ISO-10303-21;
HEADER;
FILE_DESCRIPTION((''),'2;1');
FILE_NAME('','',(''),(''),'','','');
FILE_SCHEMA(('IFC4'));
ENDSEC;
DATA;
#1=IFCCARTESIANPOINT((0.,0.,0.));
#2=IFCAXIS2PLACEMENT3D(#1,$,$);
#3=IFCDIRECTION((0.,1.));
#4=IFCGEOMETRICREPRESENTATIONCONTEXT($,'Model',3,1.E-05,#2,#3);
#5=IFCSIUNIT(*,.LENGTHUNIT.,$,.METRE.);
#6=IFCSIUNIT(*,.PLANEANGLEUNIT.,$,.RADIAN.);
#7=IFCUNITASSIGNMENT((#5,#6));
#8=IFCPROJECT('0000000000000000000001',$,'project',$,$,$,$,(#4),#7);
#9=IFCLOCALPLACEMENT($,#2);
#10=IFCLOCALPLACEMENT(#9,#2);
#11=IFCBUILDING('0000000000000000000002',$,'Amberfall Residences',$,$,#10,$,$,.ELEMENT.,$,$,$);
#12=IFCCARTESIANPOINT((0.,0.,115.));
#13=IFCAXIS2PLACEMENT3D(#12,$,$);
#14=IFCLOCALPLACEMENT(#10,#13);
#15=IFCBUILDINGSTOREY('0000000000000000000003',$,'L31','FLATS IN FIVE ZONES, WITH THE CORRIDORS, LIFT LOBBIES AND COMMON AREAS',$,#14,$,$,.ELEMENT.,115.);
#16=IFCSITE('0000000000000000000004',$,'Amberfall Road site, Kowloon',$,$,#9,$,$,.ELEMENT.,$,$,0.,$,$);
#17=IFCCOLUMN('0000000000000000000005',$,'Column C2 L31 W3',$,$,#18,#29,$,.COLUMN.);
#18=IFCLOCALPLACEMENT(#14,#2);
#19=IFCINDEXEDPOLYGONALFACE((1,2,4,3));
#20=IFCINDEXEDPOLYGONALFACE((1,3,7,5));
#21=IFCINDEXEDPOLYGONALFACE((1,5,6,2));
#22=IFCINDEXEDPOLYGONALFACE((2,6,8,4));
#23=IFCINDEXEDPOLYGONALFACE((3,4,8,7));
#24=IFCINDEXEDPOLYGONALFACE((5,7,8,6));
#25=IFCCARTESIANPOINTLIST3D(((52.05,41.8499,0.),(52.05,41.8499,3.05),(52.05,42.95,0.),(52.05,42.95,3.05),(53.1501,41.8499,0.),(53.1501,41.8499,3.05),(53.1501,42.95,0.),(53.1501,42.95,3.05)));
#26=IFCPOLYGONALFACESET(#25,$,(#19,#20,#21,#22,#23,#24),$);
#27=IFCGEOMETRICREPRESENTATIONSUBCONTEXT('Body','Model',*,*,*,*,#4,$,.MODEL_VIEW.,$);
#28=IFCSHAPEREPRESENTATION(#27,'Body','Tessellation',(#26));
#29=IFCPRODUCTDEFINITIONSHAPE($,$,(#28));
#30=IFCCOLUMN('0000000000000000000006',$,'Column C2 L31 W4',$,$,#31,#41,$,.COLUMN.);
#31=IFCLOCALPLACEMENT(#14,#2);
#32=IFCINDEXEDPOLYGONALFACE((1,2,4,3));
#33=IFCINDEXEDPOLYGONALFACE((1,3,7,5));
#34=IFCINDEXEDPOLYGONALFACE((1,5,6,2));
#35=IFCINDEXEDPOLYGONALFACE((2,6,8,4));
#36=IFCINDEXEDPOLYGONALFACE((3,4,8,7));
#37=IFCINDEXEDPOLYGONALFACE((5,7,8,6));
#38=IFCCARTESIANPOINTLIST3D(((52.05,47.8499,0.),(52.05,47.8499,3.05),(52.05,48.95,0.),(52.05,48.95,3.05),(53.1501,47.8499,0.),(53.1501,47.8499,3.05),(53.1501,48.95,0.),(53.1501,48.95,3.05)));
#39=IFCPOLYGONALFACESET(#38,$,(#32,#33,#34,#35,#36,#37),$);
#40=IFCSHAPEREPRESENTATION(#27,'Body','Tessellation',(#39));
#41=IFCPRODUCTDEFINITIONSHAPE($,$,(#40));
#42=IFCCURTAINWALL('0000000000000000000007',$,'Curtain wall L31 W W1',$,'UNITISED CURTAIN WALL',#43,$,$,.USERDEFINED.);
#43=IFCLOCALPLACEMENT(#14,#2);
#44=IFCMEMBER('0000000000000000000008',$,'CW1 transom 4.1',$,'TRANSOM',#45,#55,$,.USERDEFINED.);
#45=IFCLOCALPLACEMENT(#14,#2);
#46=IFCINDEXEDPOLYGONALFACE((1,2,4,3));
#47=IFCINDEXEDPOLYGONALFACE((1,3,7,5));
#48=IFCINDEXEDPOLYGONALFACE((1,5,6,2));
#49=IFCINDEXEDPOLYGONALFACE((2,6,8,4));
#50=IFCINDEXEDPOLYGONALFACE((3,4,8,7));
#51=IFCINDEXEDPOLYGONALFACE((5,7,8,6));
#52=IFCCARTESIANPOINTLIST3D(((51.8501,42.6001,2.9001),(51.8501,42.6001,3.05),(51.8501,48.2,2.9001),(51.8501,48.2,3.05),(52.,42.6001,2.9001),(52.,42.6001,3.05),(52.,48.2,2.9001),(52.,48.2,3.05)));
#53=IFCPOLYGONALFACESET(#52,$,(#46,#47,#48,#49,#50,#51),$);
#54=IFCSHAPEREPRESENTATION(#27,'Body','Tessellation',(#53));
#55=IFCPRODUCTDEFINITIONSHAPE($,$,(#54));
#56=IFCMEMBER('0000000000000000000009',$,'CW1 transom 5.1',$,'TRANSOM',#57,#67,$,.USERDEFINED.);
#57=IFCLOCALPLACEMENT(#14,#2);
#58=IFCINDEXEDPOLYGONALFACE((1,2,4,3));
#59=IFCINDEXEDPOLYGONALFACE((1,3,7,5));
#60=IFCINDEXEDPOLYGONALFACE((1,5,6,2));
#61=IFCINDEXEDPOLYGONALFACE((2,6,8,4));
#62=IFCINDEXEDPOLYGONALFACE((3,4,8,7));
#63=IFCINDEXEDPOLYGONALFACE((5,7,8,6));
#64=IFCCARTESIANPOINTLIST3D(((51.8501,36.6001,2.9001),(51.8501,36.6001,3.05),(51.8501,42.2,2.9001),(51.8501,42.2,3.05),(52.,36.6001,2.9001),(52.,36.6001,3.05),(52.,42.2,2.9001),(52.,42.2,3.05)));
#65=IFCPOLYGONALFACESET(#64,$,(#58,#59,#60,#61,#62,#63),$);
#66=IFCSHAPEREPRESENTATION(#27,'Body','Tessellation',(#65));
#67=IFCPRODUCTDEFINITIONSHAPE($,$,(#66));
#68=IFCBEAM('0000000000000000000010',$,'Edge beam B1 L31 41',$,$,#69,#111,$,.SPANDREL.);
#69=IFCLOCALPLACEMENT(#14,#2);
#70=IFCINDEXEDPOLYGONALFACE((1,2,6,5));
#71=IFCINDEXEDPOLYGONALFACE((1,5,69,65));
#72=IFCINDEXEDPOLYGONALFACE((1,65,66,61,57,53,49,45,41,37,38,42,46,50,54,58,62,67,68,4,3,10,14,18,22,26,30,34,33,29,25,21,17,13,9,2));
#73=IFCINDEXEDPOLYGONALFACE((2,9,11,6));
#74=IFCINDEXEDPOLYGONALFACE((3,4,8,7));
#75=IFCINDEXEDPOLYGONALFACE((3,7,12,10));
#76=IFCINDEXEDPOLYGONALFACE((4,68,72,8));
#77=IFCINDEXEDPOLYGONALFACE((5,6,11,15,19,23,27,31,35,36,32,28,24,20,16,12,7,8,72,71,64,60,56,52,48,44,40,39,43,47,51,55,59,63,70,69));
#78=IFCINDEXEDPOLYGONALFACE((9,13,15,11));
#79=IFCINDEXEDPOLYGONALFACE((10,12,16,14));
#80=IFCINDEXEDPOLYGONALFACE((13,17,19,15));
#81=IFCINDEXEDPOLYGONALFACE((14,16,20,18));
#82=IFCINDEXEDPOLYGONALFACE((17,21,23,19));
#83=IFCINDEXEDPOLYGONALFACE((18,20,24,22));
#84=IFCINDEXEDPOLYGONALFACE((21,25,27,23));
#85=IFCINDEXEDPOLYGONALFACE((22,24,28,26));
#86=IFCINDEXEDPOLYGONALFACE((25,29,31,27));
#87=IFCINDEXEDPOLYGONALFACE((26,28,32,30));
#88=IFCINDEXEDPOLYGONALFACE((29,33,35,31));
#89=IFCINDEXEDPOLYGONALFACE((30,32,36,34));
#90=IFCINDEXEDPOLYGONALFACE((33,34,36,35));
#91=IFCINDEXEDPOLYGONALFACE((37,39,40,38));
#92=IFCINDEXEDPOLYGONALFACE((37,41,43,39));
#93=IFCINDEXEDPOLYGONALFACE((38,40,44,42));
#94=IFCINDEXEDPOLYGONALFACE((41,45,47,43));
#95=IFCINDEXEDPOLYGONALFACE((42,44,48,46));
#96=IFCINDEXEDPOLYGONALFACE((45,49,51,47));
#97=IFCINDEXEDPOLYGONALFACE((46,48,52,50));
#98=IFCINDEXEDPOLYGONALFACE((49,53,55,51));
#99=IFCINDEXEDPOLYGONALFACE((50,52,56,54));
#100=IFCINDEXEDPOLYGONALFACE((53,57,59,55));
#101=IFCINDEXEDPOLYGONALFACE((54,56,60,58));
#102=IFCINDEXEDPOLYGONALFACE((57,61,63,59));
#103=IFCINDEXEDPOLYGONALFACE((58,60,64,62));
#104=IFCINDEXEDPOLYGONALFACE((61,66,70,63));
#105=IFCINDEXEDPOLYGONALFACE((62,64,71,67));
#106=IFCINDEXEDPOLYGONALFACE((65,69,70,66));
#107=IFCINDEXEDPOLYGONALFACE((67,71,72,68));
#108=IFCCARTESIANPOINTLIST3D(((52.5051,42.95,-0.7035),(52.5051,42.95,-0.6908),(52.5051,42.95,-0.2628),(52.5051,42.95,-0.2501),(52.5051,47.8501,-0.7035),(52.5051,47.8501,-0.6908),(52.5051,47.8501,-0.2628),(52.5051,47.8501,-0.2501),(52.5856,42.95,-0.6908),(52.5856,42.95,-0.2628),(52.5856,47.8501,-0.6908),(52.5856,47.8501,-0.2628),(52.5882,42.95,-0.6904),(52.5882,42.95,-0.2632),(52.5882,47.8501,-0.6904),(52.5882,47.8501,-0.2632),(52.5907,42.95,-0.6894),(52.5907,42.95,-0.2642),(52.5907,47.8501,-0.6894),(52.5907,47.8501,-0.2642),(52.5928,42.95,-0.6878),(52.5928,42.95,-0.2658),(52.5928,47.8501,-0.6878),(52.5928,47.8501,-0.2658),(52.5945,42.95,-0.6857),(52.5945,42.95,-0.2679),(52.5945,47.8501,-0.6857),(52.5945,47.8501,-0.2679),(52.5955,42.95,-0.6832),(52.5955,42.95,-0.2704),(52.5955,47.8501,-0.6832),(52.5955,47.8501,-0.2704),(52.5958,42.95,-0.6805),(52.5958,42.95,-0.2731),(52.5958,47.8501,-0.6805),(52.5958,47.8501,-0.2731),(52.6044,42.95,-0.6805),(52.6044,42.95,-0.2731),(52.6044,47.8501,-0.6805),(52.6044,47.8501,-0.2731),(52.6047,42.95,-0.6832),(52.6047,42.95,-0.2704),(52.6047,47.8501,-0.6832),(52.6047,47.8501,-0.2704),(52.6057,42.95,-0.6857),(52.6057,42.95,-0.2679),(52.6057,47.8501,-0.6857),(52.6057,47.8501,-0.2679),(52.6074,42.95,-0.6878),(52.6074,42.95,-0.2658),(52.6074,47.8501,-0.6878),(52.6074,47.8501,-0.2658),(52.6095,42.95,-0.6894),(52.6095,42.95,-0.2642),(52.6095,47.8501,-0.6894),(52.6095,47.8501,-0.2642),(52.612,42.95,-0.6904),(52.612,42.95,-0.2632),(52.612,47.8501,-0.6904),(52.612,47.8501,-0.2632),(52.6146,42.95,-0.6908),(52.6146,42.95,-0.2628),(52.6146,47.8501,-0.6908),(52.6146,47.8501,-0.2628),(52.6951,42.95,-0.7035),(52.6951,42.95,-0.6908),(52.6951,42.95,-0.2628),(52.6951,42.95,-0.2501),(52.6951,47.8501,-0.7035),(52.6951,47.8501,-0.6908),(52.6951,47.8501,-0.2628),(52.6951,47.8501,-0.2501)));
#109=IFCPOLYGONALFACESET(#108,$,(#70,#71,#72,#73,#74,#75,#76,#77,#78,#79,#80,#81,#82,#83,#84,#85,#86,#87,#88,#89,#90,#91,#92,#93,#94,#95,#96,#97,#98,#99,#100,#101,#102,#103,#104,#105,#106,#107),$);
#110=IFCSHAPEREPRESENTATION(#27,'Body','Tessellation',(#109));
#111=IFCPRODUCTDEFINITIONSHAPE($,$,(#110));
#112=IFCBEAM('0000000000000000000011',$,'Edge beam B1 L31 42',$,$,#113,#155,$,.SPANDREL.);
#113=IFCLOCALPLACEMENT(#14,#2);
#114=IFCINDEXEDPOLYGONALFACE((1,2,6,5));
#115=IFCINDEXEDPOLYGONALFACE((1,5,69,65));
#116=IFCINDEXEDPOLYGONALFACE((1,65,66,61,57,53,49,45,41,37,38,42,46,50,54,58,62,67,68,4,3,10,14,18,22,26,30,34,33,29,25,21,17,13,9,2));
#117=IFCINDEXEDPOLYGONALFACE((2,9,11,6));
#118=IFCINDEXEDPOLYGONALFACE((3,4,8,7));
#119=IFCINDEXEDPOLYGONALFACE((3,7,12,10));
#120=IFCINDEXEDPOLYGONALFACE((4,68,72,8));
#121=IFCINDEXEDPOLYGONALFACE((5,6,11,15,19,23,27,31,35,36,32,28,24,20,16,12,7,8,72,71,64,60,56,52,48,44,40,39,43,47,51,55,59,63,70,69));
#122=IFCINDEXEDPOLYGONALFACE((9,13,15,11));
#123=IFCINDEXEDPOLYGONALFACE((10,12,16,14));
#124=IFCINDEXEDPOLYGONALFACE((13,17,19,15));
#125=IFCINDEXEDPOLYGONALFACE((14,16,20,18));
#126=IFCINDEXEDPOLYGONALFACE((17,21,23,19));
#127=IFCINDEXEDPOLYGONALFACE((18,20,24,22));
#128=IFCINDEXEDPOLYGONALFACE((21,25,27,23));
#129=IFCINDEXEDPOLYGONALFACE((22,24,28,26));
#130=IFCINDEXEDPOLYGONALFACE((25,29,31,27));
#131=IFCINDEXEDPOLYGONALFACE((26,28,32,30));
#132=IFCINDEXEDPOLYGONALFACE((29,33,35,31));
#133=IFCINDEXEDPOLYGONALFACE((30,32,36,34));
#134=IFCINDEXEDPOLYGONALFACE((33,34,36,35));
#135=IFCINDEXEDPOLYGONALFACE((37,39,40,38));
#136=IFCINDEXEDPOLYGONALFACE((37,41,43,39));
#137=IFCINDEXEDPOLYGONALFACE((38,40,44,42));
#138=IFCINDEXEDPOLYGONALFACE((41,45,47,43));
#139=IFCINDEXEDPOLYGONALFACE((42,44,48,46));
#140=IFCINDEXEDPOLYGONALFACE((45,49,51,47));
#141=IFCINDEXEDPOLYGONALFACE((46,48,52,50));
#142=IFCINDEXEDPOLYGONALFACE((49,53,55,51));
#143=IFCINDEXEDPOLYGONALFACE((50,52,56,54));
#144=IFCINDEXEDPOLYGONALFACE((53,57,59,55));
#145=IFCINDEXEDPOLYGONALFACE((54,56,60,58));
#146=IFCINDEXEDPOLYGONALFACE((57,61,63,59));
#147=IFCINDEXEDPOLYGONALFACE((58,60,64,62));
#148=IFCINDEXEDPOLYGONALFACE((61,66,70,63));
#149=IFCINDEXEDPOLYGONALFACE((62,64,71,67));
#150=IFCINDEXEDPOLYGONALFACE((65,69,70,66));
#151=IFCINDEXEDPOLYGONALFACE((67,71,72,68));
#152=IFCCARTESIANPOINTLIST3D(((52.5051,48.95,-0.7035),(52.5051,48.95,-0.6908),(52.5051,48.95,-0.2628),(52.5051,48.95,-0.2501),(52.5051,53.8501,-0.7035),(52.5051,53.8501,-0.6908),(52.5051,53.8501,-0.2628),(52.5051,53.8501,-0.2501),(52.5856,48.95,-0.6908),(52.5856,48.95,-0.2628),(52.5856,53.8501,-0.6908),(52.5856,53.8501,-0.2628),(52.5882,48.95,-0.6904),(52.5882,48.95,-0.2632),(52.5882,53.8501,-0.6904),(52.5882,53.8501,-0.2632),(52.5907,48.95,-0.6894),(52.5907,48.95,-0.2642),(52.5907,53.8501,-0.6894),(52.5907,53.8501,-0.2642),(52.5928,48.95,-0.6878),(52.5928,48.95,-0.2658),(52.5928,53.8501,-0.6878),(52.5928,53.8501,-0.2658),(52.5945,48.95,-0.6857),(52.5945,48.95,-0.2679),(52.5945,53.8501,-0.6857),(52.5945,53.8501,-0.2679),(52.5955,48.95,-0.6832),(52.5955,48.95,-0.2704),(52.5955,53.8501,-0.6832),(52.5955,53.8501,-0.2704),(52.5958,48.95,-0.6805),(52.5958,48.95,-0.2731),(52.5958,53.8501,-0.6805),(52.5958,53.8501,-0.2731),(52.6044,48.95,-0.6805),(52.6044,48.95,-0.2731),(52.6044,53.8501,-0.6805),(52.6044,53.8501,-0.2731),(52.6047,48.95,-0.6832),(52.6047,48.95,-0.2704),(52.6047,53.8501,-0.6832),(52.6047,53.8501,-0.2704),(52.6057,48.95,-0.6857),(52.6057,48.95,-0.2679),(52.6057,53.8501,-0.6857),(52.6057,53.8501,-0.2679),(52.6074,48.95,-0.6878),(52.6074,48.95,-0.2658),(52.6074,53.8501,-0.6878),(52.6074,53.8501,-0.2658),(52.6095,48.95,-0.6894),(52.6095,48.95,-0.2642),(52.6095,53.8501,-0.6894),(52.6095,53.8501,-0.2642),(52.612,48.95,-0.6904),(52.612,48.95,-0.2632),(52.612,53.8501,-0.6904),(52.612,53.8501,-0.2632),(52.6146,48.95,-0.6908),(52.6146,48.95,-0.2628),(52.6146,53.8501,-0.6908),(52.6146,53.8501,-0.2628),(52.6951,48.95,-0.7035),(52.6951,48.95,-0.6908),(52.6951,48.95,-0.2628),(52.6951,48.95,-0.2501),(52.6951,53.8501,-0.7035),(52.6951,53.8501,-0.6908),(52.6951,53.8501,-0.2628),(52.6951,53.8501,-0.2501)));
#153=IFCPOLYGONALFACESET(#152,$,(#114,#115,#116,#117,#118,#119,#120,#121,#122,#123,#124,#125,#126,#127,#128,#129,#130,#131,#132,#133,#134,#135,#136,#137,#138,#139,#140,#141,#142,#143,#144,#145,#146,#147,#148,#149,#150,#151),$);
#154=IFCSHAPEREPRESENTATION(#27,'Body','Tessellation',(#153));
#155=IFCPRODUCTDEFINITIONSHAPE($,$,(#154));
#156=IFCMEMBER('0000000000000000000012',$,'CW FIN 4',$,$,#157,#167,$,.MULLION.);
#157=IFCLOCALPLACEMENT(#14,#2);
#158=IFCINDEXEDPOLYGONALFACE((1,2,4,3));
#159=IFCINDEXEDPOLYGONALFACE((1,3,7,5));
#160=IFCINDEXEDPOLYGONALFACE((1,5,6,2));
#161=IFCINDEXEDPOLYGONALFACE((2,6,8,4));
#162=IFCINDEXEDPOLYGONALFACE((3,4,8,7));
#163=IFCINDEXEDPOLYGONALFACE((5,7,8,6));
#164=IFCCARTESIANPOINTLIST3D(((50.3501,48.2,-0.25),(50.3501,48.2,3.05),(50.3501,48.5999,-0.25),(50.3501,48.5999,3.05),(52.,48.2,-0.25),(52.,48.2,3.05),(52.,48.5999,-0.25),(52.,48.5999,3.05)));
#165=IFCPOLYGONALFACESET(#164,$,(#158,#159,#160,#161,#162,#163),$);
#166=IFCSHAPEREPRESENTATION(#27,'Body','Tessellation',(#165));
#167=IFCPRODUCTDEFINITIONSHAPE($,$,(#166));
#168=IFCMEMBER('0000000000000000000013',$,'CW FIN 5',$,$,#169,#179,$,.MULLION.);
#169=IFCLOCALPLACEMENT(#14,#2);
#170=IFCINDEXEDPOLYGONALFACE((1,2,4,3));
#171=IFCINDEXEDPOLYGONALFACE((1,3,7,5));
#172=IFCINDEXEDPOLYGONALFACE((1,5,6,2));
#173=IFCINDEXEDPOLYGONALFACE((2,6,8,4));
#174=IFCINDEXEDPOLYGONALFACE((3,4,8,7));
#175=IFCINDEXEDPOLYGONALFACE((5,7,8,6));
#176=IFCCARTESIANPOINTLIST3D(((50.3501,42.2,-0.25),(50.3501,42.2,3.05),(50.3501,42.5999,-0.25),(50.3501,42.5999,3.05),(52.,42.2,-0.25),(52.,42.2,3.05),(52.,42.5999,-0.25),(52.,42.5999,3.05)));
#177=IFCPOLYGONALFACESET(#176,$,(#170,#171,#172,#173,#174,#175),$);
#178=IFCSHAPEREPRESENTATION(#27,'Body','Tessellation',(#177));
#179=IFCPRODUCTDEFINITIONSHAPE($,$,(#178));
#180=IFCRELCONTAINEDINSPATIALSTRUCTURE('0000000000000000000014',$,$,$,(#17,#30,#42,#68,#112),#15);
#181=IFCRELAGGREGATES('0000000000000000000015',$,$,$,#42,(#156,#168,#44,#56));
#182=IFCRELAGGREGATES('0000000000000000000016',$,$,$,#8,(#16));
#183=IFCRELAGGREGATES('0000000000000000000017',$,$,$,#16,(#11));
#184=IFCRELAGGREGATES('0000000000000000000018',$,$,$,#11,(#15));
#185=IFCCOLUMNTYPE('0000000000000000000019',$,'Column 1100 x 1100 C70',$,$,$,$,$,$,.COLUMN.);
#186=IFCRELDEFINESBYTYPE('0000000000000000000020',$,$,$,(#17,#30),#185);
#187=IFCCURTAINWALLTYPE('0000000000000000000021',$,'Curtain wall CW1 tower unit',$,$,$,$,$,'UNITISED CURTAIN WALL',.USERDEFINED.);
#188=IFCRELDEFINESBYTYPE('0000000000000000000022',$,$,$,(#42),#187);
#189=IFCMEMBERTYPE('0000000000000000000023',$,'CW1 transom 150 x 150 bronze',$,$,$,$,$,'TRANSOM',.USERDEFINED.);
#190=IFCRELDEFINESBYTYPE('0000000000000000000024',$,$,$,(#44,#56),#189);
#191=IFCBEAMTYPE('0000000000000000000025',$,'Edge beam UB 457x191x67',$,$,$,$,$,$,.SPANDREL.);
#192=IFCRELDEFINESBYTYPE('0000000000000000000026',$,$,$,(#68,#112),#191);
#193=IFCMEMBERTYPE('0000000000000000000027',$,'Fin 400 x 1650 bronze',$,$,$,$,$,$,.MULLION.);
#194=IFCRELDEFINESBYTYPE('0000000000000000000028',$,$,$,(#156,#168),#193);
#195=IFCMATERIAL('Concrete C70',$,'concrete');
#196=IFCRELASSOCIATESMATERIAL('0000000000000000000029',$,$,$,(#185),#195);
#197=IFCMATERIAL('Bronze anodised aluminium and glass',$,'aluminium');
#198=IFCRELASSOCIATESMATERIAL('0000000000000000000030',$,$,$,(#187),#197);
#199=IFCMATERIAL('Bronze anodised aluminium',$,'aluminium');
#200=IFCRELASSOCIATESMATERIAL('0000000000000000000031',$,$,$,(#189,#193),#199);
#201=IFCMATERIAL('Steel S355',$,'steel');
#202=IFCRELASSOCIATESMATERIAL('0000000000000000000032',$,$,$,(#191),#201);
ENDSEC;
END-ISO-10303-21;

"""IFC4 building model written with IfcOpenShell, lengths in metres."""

from ifc_helpers import new_model, si_unit, direction, frame, origin, origin_2d, place, context, subcontext, project, spatial, rectangle, i_section, extrude, material, material_profile, profile_set, type_object, element, aggregate, save


model = new_model("IFC4")

# Units and contexts
model_context = context("Model", 3, precision=1e-05, world=origin(), true_north=direction((0.0, 1.0)))
body_context = subcontext(model_context, "Body", "Model", "MODEL_VIEW")
ifc_project = project(units=[si_unit("LENGTHUNIT", "METRE"), si_unit("PLANEANGLEUNIT", "RADIAN")], contexts=[model_context])

# Site, building, storey
site_placement = place(None, origin())
site = spatial("IfcSite", under=ifc_project, at=site_placement, Name="Amberfall Road site, Kowloon", CompositionType="ELEMENT", RefElevation=0.0)
building_placement = place(site_placement, origin())
building = spatial("IfcBuilding", under=site, at=building_placement, Name="Amberfall Residences", CompositionType="ELEMENT")
storey_placement = place(building_placement, frame((0.0, 0.0, 115.0)))
storey = spatial("IfcBuildingStorey", under=building, at=storey_placement, Name="L31", Description="FLATS IN FIVE ZONES, WITH THE CORRIDORS, LIFT LOBBIES AND COMMON AREAS", CompositionType="ELEMENT", Elevation=115.0)

# Columns
ifc_material_1 = material(Name="Concrete C70", Category="concrete")
ifc_material_profile_1 = material_profile(ifc_material_1, rectangle(XDim=1.1001, YDim=1.1001, at=origin_2d()), Name="Column 1100 x 1100 C70")
ifc_profile_set_1 = profile_set([ifc_material_profile_1], Name="Concrete C70")
column_type = type_object("IfcColumnType", Name="Column 1100 x 1100 C70", PredefinedType="COLUMN", material=ifc_profile_set_1)
for number, where, z_axis, x_axis, name in (
    (1, (52.6001, 42.3999, 0.0), (0.0, 0.0, 1.0), (1.0, 0.0, 0.0), "Column C2 L31 W3"),
    (2, (52.6001, 48.3999, 0.0), (0.0, 0.0, 1.0), (1.0, 0.0, 0.0), "Column C2 L31 W4"),
):
    element("IfcColumn", number, at=place(storey_placement, frame(where, z_axis=z_axis, x_axis=x_axis)), inside=storey, type_object=column_type, Name=name, PredefinedType="COLUMN", context=body_context, shape_type="SweptSolid", body=[
        extrude(rectangle(XDim=1.1001, YDim=1.1001, at=origin_2d()), origin(), (0.0, 0.0, 1.0), 3.05),
    ])

# Curtain wall, members
ifc_material_2 = material(Name="Bronze anodised aluminium and glass", Category="aluminium")
curtain_wall_type = type_object("IfcCurtainWallType", Name="Curtain wall CW1 tower unit", ElementType="UNITISED CURTAIN WALL", PredefinedType="USERDEFINED", material=ifc_material_2)
curtain_wall_placement = place(storey_placement, origin())
curtain_wall = element("IfcCurtainWall", 3, at=curtain_wall_placement, inside=storey, type_object=curtain_wall_type, Name="Curtain wall L31 W W1", ObjectType="UNITISED CURTAIN WALL", PredefinedType="USERDEFINED")
ifc_material_3 = material(Name="Bronze anodised aluminium", Category="aluminium")
ifc_material_profile_2 = material_profile(ifc_material_3, rectangle(XDim=0.1499, YDim=0.1499, at=origin_2d()), Name="CW1 transom 150 x 150 bronze")
ifc_profile_set_2 = profile_set([ifc_material_profile_2], Name="Bronze anodised aluminium")
member_type_1 = type_object("IfcMemberType", Name="CW1 transom 150 x 150 bronze", ElementType="TRANSOM", PredefinedType="USERDEFINED", material=ifc_profile_set_2)
member_1_placement = place(storey_placement, frame((51.925, 48.2, 2.9751), z_axis=(0.0, -1.0, 0.0), x_axis=(1.0, 0.0, 0.0)))
member_1 = element("IfcMember", 4, at=member_1_placement, type_object=member_type_1, Name="CW1 transom 4.1", ObjectType="TRANSOM", PredefinedType="USERDEFINED", context=body_context, shape_type="SweptSolid", body=[
    extrude(rectangle(XDim=0.1499, YDim=0.1499, at=origin_2d()), origin(), (0.0, 0.0, 1.0), 5.5999),
])
member_2_placement = place(storey_placement, frame((51.925, 42.2, 2.9751), z_axis=(0.0, -1.0, 0.0), x_axis=(1.0, 0.0, 0.0)))
member_2 = element("IfcMember", 5, at=member_2_placement, type_object=member_type_1, Name="CW1 transom 5.1", ObjectType="TRANSOM", PredefinedType="USERDEFINED", context=body_context, shape_type="SweptSolid", body=[
    extrude(rectangle(XDim=0.1499, YDim=0.1499, at=origin_2d()), origin(), (0.0, 0.0, 1.0), 5.5999),
])

# Beams
ifc_material_4 = material(Name="Steel S355", Category="steel")
ifc_material_profile_3 = material_profile(ifc_material_4, i_section(OverallWidth=0.1899, OverallDepth=0.4534, WebThickness=0.0085, FlangeThickness=0.0127, FilletRadius=0.0103, at=origin_2d()), Name="UB 457x191x67")
ifc_profile_set_3 = profile_set([ifc_material_profile_3], Name="Steel S355")
beam_type_1 = type_object("IfcBeamType", Name="Edge beam UB 457x191x67", PredefinedType="SPANDREL", material=ifc_profile_set_3)
for number, where, z_axis, x_axis, name in (
    (6, (52.6001, 42.95, -0.4768), (0.0, 1.0, 0.0), (-1.0, 0.0, 0.0), "Edge beam B1 L31 41"),
    (7, (52.6001, 48.95, -0.4768), (0.0, 1.0, 0.0), (-1.0, 0.0, 0.0), "Edge beam B1 L31 42"),
):
    element("IfcBeam", number, at=place(storey_placement, frame(where, z_axis=z_axis, x_axis=x_axis)), inside=storey, type_object=beam_type_1, Name=name, PredefinedType="SPANDREL", context=body_context, shape_type="SweptSolid", body=[
        extrude(i_section(OverallWidth=0.1899, OverallDepth=0.4534, WebThickness=0.0085, FlangeThickness=0.0127, FilletRadius=0.0103, at=origin_2d()), origin(), (0.0, 0.0, 1.0), 4.9001),
    ])

# Members
ifc_material_profile_4 = material_profile(ifc_material_3, rectangle(XDim=1.6499, YDim=0.3999, at=origin_2d()), Name="Fin 400 x 1650 bronze")
ifc_profile_set_4 = profile_set([ifc_material_profile_4], Name="Bronze anodised aluminium")
member_type_2 = type_object("IfcMemberType", Name="Fin 400 x 1650 bronze", PredefinedType="MULLION", material=ifc_profile_set_4)
member_3_placement = place(storey_placement, frame((51.175, 48.3999, -0.25), z_axis=(0.0, 0.0, 1.0), x_axis=(1.0, 0.0, 0.0)))
member_3 = element("IfcMember", 8, at=member_3_placement, type_object=member_type_2, Name="CW FIN 4", PredefinedType="MULLION", context=body_context, shape_type="SweptSolid", body=[
    extrude(rectangle(XDim=1.6499, YDim=0.3999, at=origin_2d()), origin(), (0.0, 0.0, 1.0), 3.3),
])
member_4_placement = place(storey_placement, frame((51.175, 42.3999, -0.25), z_axis=(0.0, 0.0, 1.0), x_axis=(1.0, 0.0, 0.0)))
member_4 = element("IfcMember", 9, at=member_4_placement, type_object=member_type_2, Name="CW FIN 5", PredefinedType="MULLION", context=body_context, shape_type="SweptSolid", body=[
    extrude(rectangle(XDim=1.6499, YDim=0.3999, at=origin_2d()), origin(), (0.0, 0.0, 1.0), 3.3),
])

aggregate(curtain_wall, [member_3, member_4, member_1, member_2])

save(model, "model.ifc")
